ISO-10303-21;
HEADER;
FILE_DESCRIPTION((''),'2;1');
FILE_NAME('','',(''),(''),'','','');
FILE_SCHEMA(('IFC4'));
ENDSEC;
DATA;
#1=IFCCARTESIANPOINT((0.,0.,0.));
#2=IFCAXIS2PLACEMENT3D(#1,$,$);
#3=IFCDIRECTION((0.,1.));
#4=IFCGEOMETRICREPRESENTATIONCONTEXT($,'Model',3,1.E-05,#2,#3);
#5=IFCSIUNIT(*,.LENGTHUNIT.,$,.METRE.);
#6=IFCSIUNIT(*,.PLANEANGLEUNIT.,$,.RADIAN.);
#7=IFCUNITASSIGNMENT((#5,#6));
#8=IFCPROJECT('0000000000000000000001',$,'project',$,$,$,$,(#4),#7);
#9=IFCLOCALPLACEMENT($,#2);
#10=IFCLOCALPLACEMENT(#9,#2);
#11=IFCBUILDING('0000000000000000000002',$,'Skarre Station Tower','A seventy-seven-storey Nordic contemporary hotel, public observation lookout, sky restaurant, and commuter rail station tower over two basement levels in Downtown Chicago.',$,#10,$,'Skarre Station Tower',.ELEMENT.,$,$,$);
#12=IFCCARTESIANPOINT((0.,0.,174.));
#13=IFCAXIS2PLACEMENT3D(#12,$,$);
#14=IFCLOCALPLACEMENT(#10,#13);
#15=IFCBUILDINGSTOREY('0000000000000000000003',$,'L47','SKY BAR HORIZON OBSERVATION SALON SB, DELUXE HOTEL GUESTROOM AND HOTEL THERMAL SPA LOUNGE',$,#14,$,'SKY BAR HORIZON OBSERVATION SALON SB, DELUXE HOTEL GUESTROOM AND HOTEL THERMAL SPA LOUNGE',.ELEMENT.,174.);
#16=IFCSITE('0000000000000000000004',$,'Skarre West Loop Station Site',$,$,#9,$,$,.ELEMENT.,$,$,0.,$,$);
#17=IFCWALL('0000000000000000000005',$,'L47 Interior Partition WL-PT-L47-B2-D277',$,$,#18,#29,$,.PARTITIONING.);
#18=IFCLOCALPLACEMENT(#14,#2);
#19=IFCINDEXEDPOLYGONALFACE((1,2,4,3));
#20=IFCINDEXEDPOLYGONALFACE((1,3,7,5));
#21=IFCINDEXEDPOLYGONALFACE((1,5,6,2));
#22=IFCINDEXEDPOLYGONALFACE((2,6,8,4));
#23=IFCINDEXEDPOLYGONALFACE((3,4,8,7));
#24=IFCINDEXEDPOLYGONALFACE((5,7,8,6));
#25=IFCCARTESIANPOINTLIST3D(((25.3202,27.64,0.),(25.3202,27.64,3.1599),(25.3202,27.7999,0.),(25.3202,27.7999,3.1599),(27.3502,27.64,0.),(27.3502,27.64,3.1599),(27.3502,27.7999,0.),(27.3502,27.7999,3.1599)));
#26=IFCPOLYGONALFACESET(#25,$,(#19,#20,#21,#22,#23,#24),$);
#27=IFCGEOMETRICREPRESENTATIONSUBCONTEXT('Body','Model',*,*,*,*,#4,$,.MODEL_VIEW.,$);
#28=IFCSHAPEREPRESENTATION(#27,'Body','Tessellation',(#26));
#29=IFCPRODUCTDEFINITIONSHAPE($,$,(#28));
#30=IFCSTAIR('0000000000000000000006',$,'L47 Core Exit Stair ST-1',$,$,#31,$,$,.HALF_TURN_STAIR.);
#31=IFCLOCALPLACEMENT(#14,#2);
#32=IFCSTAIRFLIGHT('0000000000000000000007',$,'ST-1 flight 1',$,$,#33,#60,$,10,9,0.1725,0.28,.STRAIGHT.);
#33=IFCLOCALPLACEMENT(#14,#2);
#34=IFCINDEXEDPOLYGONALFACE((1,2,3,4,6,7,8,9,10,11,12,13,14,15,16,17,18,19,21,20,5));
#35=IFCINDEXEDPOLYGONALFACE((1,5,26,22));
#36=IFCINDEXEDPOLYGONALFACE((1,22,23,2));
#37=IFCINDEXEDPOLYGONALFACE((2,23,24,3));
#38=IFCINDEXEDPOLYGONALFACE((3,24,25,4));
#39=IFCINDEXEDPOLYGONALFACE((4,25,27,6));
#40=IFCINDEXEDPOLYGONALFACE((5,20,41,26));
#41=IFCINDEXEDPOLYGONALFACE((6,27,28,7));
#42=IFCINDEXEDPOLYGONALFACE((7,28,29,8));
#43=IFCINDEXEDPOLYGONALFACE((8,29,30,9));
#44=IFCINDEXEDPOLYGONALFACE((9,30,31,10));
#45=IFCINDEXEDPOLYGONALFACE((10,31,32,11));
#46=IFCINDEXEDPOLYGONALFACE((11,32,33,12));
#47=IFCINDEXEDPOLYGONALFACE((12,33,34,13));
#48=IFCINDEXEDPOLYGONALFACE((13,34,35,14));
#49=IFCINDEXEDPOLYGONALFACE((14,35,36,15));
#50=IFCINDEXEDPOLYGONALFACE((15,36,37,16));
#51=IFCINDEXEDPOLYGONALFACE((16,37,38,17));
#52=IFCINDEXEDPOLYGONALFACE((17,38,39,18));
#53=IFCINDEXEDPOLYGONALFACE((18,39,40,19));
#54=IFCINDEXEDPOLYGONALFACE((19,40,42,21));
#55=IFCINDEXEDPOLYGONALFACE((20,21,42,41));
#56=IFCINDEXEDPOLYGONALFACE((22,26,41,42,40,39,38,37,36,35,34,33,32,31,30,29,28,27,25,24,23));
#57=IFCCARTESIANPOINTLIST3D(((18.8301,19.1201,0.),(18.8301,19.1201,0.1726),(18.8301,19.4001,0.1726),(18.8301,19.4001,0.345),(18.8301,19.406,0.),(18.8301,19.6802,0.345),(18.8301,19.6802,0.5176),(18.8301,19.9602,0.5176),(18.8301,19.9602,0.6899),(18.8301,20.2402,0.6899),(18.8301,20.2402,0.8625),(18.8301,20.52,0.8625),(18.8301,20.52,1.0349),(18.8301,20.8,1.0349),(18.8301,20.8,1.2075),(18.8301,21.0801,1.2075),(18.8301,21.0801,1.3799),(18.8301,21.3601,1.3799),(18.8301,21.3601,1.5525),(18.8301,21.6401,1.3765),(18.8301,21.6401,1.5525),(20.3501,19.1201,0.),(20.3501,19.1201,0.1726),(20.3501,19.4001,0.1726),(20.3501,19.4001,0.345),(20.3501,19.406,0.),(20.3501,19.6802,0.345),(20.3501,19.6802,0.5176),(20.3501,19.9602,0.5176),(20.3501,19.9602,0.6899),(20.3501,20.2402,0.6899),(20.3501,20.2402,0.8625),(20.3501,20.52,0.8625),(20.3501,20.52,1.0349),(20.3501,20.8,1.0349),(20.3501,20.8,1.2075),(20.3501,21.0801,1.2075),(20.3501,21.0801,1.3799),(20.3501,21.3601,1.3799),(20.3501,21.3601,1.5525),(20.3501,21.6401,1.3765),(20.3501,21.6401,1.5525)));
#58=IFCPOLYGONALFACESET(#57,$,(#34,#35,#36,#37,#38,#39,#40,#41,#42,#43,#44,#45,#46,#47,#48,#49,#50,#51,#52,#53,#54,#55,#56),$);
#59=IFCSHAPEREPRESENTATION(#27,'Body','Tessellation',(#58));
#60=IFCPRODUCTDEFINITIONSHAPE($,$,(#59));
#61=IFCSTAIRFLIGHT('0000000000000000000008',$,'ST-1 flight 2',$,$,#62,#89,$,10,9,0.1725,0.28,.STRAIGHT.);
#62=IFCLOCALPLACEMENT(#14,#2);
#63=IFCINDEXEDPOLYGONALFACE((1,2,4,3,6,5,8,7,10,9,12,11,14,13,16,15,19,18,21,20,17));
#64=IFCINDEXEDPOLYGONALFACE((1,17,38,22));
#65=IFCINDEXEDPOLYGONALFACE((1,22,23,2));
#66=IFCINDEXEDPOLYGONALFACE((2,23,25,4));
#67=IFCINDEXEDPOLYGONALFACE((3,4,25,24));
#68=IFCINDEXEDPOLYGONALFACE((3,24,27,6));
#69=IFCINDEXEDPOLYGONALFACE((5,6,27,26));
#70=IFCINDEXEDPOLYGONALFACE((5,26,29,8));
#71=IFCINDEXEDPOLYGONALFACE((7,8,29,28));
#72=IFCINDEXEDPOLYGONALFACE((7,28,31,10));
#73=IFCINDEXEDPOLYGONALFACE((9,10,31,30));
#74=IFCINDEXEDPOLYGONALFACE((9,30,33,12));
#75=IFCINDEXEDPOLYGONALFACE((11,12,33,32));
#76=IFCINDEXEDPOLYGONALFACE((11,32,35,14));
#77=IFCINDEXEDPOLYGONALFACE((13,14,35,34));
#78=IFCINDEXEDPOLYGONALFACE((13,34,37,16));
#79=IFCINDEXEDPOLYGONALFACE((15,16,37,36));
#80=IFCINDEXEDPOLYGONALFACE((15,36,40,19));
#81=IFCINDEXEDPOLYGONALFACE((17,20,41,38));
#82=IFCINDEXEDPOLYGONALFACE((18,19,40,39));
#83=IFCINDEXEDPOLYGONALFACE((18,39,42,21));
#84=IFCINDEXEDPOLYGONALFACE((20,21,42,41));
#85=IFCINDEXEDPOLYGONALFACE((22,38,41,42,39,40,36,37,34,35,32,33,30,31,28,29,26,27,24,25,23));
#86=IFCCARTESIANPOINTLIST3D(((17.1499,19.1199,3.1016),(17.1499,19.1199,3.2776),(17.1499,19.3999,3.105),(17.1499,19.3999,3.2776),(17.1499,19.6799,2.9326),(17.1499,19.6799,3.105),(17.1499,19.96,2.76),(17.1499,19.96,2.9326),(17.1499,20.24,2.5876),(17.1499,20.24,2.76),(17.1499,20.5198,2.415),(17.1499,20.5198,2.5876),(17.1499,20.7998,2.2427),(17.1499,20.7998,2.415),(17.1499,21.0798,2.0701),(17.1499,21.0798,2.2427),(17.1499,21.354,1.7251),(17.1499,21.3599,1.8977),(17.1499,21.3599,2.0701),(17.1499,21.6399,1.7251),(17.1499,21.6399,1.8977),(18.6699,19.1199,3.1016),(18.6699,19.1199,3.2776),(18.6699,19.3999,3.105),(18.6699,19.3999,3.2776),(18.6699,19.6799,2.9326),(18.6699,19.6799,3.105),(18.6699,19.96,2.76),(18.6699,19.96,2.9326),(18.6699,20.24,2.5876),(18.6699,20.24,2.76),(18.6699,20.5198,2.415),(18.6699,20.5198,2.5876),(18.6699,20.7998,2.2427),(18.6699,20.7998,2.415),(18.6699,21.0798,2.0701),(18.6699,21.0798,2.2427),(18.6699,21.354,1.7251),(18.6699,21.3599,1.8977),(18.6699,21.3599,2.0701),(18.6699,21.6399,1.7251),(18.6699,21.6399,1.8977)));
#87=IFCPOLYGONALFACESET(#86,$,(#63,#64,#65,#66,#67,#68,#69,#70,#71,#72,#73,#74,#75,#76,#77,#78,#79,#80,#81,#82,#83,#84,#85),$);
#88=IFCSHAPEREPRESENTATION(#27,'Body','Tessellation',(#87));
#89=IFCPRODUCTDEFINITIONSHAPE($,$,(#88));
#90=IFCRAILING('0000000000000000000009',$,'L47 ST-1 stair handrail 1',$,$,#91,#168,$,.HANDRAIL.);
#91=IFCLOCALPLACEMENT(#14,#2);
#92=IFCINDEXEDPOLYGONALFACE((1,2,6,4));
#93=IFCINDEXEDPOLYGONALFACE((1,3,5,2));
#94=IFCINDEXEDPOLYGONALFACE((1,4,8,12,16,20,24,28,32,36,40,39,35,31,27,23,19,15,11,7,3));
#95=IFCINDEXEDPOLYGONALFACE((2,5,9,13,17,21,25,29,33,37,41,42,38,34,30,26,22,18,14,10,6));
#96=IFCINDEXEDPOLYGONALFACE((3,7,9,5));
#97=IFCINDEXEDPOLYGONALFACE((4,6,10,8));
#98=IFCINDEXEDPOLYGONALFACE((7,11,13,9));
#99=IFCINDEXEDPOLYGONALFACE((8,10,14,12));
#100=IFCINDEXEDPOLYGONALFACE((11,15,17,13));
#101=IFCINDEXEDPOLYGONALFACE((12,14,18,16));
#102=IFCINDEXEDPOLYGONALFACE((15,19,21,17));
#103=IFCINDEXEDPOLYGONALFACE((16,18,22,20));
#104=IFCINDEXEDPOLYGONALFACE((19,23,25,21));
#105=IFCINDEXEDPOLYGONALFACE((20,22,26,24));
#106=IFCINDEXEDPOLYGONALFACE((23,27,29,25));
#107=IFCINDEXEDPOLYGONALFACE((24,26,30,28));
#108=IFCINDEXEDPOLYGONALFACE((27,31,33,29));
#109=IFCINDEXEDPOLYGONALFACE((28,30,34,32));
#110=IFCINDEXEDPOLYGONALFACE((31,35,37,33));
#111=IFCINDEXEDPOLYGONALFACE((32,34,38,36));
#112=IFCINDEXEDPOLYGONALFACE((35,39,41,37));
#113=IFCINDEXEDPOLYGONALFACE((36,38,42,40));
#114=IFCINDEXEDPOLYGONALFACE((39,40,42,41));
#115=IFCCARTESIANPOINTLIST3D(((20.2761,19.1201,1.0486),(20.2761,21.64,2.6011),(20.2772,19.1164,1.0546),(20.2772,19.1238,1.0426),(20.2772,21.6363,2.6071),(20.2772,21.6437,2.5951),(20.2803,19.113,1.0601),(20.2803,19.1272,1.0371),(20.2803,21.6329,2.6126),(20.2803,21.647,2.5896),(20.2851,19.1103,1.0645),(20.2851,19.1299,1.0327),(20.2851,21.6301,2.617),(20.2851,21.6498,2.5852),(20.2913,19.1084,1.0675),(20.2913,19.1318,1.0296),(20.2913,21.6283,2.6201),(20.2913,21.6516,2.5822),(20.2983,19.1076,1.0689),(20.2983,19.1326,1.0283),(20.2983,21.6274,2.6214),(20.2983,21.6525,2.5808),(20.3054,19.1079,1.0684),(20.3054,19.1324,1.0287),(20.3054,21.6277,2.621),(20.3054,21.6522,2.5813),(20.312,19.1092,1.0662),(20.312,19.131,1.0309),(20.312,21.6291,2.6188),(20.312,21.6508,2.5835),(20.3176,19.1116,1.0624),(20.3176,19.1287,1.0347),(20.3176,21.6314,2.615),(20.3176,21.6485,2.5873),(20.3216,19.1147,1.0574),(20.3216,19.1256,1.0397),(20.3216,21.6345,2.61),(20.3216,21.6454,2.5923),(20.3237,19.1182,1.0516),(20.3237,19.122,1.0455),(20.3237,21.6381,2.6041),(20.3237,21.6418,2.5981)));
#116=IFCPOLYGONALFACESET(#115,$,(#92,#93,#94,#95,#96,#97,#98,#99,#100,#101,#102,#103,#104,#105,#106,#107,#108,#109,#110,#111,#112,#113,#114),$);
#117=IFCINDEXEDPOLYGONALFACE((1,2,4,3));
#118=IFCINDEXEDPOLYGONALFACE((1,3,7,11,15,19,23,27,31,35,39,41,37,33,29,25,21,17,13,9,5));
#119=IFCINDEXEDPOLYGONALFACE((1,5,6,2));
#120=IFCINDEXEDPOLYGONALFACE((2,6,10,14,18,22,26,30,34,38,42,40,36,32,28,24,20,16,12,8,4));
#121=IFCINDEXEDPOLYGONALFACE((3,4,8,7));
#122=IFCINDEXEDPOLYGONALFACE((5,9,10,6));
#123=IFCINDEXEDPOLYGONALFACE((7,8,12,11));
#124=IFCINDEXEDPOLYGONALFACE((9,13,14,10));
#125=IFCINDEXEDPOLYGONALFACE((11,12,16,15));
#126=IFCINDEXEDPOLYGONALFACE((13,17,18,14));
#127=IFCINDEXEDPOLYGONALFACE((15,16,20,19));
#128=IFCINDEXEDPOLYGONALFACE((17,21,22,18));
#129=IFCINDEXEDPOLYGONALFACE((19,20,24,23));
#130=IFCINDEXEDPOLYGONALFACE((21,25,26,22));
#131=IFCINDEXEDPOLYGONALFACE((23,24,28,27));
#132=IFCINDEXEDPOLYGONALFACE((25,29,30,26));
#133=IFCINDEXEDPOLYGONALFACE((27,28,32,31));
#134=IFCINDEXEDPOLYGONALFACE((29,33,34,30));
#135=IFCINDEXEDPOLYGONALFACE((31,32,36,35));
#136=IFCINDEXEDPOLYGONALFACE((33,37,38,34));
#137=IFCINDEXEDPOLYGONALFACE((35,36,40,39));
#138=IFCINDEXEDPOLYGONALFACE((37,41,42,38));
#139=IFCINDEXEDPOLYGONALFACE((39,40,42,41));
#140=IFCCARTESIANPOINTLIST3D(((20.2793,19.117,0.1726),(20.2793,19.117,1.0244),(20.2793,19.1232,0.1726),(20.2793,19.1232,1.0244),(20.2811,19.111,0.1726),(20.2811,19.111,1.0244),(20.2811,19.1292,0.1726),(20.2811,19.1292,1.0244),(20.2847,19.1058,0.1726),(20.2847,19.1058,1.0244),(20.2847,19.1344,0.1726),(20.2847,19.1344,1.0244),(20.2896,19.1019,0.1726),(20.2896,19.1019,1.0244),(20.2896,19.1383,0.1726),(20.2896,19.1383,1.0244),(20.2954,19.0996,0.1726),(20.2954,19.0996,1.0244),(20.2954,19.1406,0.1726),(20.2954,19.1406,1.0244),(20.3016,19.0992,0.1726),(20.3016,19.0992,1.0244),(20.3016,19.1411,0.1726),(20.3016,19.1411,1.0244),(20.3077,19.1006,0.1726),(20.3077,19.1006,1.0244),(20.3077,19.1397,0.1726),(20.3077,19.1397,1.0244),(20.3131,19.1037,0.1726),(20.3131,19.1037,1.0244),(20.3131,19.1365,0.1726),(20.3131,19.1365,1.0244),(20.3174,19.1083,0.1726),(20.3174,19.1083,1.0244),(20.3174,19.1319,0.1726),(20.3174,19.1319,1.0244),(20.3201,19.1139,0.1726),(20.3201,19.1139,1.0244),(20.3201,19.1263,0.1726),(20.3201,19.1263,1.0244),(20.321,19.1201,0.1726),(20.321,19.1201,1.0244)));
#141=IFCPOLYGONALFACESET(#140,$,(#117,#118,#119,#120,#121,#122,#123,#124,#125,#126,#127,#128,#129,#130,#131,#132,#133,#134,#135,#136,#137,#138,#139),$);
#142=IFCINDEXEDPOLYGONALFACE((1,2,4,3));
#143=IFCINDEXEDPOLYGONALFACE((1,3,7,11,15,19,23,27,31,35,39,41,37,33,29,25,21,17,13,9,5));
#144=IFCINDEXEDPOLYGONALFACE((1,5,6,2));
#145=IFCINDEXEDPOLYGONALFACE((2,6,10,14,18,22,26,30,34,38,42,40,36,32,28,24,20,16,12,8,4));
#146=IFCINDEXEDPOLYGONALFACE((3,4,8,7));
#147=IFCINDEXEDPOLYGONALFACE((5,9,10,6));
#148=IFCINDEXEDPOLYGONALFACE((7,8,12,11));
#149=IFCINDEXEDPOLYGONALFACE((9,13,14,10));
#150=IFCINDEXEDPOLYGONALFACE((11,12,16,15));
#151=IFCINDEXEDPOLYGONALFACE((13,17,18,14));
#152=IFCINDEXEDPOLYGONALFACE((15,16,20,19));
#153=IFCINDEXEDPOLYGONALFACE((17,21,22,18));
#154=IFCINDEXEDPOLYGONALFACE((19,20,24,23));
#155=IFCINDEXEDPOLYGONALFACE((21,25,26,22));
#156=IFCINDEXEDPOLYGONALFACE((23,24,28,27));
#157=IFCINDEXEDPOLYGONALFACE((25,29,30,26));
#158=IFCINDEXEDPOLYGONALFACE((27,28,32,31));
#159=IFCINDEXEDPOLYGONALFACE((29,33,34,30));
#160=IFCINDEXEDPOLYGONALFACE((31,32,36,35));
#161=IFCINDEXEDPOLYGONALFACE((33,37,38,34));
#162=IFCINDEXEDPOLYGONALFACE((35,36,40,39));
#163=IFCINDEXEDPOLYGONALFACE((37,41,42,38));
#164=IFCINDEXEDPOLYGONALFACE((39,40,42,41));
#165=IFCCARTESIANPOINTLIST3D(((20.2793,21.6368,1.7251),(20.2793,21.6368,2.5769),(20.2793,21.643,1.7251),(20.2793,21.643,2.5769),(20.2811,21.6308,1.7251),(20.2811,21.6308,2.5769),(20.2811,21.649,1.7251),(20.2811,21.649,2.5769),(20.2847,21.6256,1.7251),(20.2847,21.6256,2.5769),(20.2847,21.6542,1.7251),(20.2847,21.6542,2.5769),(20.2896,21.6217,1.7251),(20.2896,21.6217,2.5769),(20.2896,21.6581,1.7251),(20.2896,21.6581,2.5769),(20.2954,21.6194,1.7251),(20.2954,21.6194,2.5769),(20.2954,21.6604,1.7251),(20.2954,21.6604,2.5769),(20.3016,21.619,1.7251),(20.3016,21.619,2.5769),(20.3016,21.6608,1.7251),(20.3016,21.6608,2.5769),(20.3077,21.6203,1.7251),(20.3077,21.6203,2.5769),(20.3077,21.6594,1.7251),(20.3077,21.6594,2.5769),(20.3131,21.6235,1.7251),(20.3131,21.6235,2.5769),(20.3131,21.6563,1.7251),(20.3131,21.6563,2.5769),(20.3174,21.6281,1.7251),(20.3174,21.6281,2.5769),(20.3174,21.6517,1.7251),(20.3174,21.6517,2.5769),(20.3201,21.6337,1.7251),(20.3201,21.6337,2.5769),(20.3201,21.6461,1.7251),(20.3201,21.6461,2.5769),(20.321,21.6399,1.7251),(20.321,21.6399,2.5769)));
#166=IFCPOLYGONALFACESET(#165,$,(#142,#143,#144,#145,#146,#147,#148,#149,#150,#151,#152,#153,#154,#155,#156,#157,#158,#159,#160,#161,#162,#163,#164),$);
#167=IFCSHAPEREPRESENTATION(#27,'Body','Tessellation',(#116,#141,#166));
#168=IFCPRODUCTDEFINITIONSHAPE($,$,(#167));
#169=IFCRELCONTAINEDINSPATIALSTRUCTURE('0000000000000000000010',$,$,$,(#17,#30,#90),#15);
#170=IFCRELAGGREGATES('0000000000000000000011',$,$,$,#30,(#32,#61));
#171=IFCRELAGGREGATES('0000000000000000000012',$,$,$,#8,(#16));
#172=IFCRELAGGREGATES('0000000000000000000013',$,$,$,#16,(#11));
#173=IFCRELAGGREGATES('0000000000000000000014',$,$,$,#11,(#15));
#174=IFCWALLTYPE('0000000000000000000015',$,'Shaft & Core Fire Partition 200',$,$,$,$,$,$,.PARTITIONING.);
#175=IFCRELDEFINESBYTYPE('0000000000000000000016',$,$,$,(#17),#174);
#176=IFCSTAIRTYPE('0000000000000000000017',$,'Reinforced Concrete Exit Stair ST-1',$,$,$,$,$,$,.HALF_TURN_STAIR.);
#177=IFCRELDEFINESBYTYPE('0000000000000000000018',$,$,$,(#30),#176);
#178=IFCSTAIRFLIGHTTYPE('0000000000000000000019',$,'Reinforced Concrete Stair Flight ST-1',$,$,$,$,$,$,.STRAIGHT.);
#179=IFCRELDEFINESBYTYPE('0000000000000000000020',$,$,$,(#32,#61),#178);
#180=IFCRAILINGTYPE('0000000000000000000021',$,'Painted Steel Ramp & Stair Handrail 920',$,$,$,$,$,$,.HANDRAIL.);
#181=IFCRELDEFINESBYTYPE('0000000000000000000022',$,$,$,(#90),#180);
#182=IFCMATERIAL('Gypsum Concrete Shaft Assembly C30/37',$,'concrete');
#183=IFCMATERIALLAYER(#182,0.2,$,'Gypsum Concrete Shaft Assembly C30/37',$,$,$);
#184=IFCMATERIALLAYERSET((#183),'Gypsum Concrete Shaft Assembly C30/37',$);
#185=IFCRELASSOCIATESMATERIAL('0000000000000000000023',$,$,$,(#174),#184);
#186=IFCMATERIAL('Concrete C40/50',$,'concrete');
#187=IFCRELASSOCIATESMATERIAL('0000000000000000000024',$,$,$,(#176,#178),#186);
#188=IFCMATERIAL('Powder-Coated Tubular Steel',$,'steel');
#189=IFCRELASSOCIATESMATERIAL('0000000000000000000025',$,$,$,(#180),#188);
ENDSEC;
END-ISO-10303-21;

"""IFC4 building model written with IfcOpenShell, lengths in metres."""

from ifc_helpers import new_model, si_unit, direction, frame, frame_2d, origin, origin_2d, place, context, subcontext, project, spatial, polyline, rectangle, circle, outline, extrude, material, layer, layer_set, type_object, element, aggregate, save


model = new_model("IFC4")

# Units and contexts
model_context = context("Model", 3, precision=1e-05, world=origin(), true_north=direction((0.0, 1.0)))
body_context = subcontext(model_context, "Body", "Model", "MODEL_VIEW")
ifc_project = project(units=[si_unit("LENGTHUNIT", "METRE"), si_unit("PLANEANGLEUNIT", "RADIAN")], contexts=[model_context])

# Site, building, storey
site_placement = place(None, origin())
site = spatial("IfcSite", under=ifc_project, at=site_placement, Name="Skarre West Loop Station Site", CompositionType="ELEMENT", RefElevation=0.0)
building_placement = place(site_placement, origin())
building = spatial("IfcBuilding", under=site, at=building_placement, Name="Skarre Station Tower", Description="A seventy-seven-storey Nordic contemporary hotel, public observation lookout, sky restaurant, and commuter rail station tower over two basement levels in Downtown Chicago.", LongName="Skarre Station Tower", CompositionType="ELEMENT")
storey_placement = place(building_placement, frame((0.0, 0.0, 174.0)))
storey = spatial("IfcBuildingStorey", under=building, at=storey_placement, Name="L47", Description="SKY BAR HORIZON OBSERVATION SALON SB, DELUXE HOTEL GUESTROOM AND HOTEL THERMAL SPA LOUNGE", LongName="SKY BAR HORIZON OBSERVATION SALON SB, DELUXE HOTEL GUESTROOM AND HOTEL THERMAL SPA LOUNGE", CompositionType="ELEMENT", Elevation=174.0)

# Shared definitions
ifc_material_1 = material(Name="Gypsum Concrete Shaft Assembly C30/37", Category="concrete")
ifc_layer_1 = layer(ifc_material_1, 0.2, Name="Gypsum Concrete Shaft Assembly C30/37")
ifc_layer_set_1 = layer_set([ifc_layer_1], Name="Gypsum Concrete Shaft Assembly C30/37")
wall_type_1 = type_object("IfcWallType", Name="Shaft & Core Fire Partition 200", PredefinedType="PARTITIONING", material=ifc_layer_set_1)

# Wall
for number, where, z_axis, x_axis, name in (
    (1, (25.3201, 27.72, 0.0), (0.0, 0.0, 1.0), (1.0, 0.0, 0.0), "L47 Interior Partition WL-PT-L47-B2-D277"),
):
    element("IfcWall", number, at=place(storey_placement, frame(where, z_axis=z_axis, x_axis=x_axis)), inside=storey, type_object=wall_type_1, Name=name, PredefinedType="PARTITIONING", context=body_context, shape_type="SweptSolid", body=[
        extrude(rectangle(XDim=2.03, YDim=0.1599, at=frame_2d((1.0151, 0.0))), origin(), (0.0, 0.0, 1.0), 3.1599),
    ])

# Stair, stair flights
ifc_material_2 = material(Name="Concrete C40/50", Category="concrete")
stair_type = type_object("IfcStairType", Name="Reinforced Concrete Exit Stair ST-1", PredefinedType="HALF_TURN_STAIR", material=ifc_material_2)
stair_placement = place(storey_placement, origin())
stair = element("IfcStair", 2, at=stair_placement, inside=storey, type_object=stair_type, Name="L47 Core Exit Stair ST-1", PredefinedType="HALF_TURN_STAIR")
stair_flight_type = type_object("IfcStairFlightType", Name="Reinforced Concrete Stair Flight ST-1", PredefinedType="STRAIGHT", material=ifc_material_2)
stair_flight_1_placement = place(storey_placement, frame((19.5901, 19.1201, 0.0), z_axis=(0.0, 0.0, 1.0), x_axis=(0.0, 1.0, 0.0)))
stair_flight_1 = element("IfcStairFlight", 3, at=stair_flight_1_placement, type_object=stair_flight_type, Name="ST-1 flight 1", NumberOfRisers=10, NumberOfTreads=9, PredefinedType="STRAIGHT", RiserHeight=0.1725, TreadLength=0.28, context=body_context, shape_type="SweptSolid", body=[
    extrude(outline(polyline([(0.0, 0.0), (0.0, 0.1726), (0.28, 0.1726), (0.28, 0.345), (0.5601, 0.345), (0.5601, 0.5176), (0.8401, 0.5176), (0.8401, 0.6899), (1.1201, 0.6899), (1.1201, 0.8625), (1.3999, 0.8625), (1.3999, 1.0349), (1.6799, 1.0349), (1.6799, 1.2075), (1.96, 1.2075), (1.96, 1.3799), (2.24, 1.3799), (2.24, 1.5525), (2.52, 1.5525), (2.52, 1.7251), (2.52, 1.3765), (0.2859, 0.0), (0.0, 0.0)])), frame((0.0, 0.76, 0.0), z_axis=(0.0, -1.0, 0.0), x_axis=(1.0, 0.0, 0.0)), (0.0, 0.0, 1.0), 1.52),
])
stair_flight_2_placement = place(storey_placement, frame((17.9099, 21.6399, 1.7251), z_axis=(0.0, 0.0, 1.0), x_axis=(0.0, -1.0, 0.0)))
stair_flight_2 = element("IfcStairFlight", 4, at=stair_flight_2_placement, type_object=stair_flight_type, Name="ST-1 flight 2", NumberOfRisers=10, NumberOfTreads=9, PredefinedType="STRAIGHT", RiserHeight=0.1725, TreadLength=0.28, context=body_context, shape_type="SweptSolid", body=[
    extrude(outline(polyline([(0.0, 0.0), (0.0, 0.1726), (0.28, 0.1726), (0.28, 0.345), (0.5601, 0.345), (0.5601, 0.5176), (0.8401, 0.5176), (0.8401, 0.6899), (1.1201, 0.6899), (1.1201, 0.8625), (1.3999, 0.8625), (1.3999, 1.0349), (1.6799, 1.0349), (1.6799, 1.2075), (1.96, 1.2075), (1.96, 1.3799), (2.24, 1.3799), (2.24, 1.5525), (2.52, 1.5525), (2.52, 1.7251), (2.52, 1.3765), (0.2859, 0.0), (0.0, 0.0)])), frame((0.0, 0.76, 0.0), z_axis=(0.0, -1.0, 0.0), x_axis=(1.0, 0.0, 0.0)), (0.0, 0.0, 1.0), 1.52),
])
aggregate(stair, [stair_flight_1, stair_flight_2])

# Railing
ifc_material_3 = material(Name="Powder-Coated Tubular Steel", Category="steel")
railing_type_1 = type_object("IfcRailingType", Name="Painted Steel Ramp & Stair Handrail 920", PredefinedType="HANDRAIL", material=ifc_material_3)
railing_1_placement = place(storey_placement, frame((20.3, 19.1201, 0.1726)))
element("IfcRailing", 5, at=railing_1_placement, inside=storey, type_object=railing_type_1, Name="L47 ST-1 stair handrail 1", PredefinedType="HANDRAIL", context=body_context, shape_type="SweptSolid", body=[
    extrude(circle(Radius=0.0239, at=origin_2d()), frame((0.0, 0.0, 0.876), z_axis=(0.0, 0.851378, 0.524553), x_axis=(-1.0, 0.0, 0.0)), (0.0, 0.0, 1.0), 2.9597),
    extrude(circle(Radius=0.021, at=origin_2d()), origin(), (0.0, 0.0, 1.0), 0.8518),
    extrude(circle(Radius=0.021, at=origin_2d()), frame((0.0, 2.5198, 1.5525)), (0.0, 0.0, 1.0), 0.8518),
])

save(model, "model.ifc")
